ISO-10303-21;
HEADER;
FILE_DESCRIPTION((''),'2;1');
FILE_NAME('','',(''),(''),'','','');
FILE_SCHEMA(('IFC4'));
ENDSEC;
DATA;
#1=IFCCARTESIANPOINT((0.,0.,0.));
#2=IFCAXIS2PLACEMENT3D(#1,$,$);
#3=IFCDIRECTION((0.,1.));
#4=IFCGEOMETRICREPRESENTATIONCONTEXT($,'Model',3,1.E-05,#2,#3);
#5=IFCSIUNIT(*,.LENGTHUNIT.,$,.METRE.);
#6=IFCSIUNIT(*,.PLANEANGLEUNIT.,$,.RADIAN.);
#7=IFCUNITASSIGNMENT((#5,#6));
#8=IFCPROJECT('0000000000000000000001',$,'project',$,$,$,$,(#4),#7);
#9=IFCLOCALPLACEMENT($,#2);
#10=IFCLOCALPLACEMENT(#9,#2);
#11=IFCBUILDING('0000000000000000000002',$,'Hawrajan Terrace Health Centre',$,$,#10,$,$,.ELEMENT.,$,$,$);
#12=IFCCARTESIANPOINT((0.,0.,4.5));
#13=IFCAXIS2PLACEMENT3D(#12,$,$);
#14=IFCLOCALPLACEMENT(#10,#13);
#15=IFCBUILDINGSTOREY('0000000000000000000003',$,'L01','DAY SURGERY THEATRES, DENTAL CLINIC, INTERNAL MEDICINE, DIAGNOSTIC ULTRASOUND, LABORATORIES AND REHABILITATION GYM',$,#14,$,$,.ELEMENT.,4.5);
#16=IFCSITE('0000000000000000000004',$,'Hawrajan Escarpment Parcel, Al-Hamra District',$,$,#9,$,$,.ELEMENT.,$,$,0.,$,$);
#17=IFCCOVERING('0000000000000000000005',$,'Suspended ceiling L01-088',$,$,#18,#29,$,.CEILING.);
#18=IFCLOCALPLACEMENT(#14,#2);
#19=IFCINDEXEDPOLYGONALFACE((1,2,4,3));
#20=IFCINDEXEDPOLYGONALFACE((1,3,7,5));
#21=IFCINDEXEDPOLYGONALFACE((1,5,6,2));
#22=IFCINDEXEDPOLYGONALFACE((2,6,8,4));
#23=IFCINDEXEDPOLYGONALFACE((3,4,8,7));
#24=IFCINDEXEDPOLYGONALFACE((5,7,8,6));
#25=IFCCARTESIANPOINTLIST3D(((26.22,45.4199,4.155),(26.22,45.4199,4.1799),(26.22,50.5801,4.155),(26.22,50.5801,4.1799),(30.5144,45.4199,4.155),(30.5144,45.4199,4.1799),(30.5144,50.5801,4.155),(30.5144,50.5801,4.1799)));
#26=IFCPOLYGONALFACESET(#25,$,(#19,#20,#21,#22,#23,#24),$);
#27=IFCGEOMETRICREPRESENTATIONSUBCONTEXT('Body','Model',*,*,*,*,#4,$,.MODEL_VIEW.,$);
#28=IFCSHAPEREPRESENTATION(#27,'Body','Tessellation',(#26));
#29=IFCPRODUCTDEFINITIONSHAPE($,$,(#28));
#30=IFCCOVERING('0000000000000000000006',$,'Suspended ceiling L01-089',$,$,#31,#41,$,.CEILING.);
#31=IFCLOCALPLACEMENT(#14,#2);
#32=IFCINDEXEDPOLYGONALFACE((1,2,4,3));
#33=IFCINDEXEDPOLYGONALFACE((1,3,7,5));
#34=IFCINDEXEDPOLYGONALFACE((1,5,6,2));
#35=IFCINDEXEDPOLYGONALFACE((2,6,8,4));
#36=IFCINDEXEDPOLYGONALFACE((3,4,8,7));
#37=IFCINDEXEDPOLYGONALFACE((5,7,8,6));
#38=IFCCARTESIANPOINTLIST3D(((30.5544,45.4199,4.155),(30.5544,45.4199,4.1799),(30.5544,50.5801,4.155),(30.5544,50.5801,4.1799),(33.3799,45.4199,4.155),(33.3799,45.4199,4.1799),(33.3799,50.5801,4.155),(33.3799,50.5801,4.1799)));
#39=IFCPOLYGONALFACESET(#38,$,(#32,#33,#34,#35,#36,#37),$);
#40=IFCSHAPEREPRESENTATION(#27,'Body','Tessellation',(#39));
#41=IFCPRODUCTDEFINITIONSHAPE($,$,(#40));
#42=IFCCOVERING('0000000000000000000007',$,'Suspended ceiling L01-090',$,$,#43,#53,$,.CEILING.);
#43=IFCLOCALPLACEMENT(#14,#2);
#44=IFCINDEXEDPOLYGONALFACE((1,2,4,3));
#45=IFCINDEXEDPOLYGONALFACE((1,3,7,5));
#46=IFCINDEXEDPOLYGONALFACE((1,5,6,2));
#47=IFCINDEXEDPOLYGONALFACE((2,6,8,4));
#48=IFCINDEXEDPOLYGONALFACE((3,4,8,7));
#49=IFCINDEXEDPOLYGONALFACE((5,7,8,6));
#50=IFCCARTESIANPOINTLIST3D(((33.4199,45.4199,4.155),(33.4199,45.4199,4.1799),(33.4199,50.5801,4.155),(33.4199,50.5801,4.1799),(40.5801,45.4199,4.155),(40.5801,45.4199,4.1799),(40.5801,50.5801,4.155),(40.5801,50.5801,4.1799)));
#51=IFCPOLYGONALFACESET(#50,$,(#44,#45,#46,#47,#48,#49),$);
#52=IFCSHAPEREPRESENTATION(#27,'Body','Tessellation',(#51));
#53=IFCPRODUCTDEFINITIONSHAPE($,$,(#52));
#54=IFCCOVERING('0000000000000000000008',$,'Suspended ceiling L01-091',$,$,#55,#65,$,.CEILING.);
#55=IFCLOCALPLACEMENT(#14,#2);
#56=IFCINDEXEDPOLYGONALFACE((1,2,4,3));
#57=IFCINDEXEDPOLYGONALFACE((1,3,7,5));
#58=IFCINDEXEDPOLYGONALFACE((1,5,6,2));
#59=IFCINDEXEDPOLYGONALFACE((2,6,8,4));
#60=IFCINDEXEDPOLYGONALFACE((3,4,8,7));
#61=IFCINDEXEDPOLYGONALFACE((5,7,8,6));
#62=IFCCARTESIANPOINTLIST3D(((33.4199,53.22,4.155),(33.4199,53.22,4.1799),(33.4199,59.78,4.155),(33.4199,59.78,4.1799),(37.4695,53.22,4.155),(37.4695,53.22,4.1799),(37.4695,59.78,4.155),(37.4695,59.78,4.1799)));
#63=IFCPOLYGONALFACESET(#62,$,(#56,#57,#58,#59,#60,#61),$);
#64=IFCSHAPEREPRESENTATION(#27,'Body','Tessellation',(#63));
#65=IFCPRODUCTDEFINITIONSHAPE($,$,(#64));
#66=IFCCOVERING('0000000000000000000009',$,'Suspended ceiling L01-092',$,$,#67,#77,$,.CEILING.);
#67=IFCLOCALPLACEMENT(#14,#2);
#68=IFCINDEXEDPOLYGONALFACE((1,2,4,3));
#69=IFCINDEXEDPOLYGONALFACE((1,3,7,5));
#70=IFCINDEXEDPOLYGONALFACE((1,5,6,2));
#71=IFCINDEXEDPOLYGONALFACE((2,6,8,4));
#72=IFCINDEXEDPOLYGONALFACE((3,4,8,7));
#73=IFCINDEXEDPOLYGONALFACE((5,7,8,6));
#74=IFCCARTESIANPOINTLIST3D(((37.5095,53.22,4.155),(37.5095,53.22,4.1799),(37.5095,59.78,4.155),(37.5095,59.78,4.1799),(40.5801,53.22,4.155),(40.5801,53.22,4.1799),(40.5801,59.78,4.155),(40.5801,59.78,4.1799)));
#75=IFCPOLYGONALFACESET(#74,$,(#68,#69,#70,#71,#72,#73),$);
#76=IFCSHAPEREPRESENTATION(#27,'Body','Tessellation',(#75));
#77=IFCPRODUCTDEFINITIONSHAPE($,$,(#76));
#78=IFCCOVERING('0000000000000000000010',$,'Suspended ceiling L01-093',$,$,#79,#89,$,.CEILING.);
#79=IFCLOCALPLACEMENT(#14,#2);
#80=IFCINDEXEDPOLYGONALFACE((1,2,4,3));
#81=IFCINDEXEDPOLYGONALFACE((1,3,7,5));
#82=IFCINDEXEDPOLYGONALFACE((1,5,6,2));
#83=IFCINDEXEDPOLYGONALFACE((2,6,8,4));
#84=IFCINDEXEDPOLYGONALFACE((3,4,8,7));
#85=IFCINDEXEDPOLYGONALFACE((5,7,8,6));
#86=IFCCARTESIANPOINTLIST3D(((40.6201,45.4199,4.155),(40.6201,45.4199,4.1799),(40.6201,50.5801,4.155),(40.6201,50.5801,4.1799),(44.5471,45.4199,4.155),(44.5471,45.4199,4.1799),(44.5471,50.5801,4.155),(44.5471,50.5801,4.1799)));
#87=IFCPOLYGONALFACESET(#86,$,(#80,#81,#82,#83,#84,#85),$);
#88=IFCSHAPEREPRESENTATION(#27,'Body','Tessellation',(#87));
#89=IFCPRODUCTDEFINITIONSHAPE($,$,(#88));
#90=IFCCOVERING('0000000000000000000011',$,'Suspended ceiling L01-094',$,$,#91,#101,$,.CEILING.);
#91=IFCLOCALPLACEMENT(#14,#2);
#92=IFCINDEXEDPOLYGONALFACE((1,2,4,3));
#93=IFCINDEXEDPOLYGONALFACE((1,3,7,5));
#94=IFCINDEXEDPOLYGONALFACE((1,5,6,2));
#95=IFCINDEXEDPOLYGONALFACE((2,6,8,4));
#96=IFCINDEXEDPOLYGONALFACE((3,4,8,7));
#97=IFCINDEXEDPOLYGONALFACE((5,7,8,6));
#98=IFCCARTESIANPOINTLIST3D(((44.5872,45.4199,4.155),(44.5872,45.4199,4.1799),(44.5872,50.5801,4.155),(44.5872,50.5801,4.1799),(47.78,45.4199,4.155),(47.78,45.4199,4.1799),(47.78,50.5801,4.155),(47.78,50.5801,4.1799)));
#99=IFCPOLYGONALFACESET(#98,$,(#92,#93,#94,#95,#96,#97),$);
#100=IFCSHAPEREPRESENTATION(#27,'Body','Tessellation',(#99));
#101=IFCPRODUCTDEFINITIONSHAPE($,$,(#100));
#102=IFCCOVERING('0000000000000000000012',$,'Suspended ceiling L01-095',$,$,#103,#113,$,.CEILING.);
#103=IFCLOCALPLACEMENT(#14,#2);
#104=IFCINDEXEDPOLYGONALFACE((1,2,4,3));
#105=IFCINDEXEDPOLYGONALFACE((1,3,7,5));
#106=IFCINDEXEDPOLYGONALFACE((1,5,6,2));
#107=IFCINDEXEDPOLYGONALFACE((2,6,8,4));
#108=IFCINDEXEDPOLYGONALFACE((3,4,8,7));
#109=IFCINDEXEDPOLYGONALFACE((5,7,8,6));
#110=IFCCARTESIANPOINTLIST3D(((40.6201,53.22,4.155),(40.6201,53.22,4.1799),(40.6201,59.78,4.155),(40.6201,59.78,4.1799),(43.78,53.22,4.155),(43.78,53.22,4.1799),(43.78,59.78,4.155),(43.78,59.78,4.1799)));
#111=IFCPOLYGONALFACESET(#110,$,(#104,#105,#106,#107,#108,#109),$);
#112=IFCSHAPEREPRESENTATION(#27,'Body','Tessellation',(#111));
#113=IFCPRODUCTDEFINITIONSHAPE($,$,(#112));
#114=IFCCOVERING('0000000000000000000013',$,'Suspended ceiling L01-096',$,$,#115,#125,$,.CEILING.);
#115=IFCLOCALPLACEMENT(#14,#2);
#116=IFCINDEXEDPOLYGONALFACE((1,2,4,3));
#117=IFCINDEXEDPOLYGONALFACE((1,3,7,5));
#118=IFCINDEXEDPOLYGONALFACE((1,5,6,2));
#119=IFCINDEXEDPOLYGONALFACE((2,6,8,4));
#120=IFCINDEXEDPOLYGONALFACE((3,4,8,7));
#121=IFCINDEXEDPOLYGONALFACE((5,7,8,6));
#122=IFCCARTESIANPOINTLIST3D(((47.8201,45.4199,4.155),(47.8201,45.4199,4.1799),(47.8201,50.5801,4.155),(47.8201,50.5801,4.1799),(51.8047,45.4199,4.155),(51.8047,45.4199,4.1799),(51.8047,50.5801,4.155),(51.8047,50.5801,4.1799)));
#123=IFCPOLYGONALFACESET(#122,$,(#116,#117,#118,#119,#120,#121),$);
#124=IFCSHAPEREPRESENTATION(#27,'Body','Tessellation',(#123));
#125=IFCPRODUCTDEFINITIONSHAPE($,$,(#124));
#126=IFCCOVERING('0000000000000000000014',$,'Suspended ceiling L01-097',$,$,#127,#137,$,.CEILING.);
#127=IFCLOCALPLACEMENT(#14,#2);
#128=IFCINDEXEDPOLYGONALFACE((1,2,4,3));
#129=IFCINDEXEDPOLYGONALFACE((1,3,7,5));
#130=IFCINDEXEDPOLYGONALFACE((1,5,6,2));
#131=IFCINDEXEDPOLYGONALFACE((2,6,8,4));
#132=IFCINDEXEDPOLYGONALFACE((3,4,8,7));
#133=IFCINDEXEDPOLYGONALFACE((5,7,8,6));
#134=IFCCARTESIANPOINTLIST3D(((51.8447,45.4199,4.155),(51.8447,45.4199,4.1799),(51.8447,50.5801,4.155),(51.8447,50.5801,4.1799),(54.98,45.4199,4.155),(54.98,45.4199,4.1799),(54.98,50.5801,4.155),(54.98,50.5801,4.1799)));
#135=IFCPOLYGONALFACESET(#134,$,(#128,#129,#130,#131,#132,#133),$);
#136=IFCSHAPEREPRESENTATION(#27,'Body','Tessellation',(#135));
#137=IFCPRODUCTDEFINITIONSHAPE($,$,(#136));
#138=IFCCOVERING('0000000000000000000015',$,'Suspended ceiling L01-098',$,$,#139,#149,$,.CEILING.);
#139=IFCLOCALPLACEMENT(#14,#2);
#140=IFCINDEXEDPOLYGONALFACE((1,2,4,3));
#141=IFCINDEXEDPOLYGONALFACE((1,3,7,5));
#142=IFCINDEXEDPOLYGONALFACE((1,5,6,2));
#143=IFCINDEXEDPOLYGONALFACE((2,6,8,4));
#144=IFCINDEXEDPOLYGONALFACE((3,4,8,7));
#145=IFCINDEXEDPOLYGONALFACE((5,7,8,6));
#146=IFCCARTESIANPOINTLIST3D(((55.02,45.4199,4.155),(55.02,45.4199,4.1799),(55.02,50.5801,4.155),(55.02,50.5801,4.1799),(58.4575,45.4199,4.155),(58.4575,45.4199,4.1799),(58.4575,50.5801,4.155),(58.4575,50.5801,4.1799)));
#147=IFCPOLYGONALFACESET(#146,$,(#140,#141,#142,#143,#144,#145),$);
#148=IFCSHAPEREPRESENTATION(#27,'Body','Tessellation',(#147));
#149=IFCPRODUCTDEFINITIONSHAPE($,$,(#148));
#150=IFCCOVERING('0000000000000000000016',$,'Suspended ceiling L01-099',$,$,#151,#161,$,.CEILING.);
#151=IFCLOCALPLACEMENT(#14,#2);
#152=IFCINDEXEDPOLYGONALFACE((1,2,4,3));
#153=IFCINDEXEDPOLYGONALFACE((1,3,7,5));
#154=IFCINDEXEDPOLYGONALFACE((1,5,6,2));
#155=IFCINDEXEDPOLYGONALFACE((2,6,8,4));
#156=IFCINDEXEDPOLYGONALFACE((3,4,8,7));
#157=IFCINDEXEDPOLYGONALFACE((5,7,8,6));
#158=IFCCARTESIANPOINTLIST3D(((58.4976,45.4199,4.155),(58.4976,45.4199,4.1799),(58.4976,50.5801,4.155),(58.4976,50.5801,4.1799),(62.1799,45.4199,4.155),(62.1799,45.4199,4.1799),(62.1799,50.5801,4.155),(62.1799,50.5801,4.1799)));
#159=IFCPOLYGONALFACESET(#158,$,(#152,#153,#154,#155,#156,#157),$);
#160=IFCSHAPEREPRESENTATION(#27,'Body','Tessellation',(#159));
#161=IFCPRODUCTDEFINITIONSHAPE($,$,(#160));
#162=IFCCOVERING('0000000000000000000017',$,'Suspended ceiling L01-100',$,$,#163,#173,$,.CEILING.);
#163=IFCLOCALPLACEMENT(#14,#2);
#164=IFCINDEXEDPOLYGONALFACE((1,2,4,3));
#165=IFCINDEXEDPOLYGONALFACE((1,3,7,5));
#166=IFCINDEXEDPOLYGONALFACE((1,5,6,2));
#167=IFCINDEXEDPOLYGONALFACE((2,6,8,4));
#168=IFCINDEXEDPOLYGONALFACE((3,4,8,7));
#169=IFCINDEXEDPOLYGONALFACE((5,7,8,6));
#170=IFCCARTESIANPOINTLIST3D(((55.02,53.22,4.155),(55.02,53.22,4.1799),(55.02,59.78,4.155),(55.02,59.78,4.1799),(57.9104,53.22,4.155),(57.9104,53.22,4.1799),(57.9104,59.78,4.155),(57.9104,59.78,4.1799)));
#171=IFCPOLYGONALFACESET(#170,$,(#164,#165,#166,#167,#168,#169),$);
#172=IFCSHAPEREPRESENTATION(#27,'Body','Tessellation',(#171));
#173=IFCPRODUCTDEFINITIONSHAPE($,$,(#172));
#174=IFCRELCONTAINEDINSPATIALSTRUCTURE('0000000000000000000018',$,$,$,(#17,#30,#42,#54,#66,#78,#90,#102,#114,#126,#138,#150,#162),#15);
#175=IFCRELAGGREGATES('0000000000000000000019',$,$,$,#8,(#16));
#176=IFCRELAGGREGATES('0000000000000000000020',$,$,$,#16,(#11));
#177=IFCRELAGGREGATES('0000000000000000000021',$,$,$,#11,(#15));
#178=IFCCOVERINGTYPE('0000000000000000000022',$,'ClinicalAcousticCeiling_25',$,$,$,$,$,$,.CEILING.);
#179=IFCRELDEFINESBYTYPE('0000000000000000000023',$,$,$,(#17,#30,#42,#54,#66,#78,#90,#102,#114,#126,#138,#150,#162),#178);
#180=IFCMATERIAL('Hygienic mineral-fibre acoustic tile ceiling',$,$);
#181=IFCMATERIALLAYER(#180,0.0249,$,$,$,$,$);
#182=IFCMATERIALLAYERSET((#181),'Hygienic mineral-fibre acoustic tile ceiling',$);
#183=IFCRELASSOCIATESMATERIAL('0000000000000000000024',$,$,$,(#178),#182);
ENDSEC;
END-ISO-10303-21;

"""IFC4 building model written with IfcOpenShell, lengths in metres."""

from ifc_helpers import new_model, si_unit, direction, frame, origin, place, context, subcontext, project, spatial, polyline, outline, extrude, material, layer, layer_set, type_object, element, save


model = new_model("IFC4")

# Units and contexts
model_context = context("Model", 3, precision=1e-05, world=origin(), true_north=direction((0.0, 1.0)))
body_context = subcontext(model_context, "Body", "Model", "MODEL_VIEW")
ifc_project = project(units=[si_unit("LENGTHUNIT", "METRE"), si_unit("PLANEANGLEUNIT", "RADIAN")], contexts=[model_context])

# Site, building, storey
site_placement = place(None, origin())
site = spatial("IfcSite", under=ifc_project, at=site_placement, Name="Hawrajan Escarpment Parcel, Al-Hamra District", CompositionType="ELEMENT", RefElevation=0.0)
building_placement = place(site_placement, origin())
building = spatial("IfcBuilding", under=site, at=building_placement, Name="Hawrajan Terrace Health Centre", CompositionType="ELEMENT")
storey_placement = place(building_placement, frame((0.0, 0.0, 4.5)))
storey = spatial("IfcBuildingStorey", under=building, at=storey_placement, Name="L01", Description="DAY SURGERY THEATRES, DENTAL CLINIC, INTERNAL MEDICINE, DIAGNOSTIC ULTRASOUND, LABORATORIES AND REHABILITATION GYM", CompositionType="ELEMENT", Elevation=4.5)

# Coverings
ifc_material = material(Name="Hygienic mineral-fibre acoustic tile ceiling")
ifc_layer = layer(ifc_material, 0.0249)
ifc_layer_set = layer_set([ifc_layer], Name="Hygienic mineral-fibre acoustic tile ceiling")
covering_type = type_object("IfcCoveringType", Name="ClinicalAcousticCeiling_25", PredefinedType="CEILING", material=ifc_layer_set)
covering_1_placement = place(storey_placement, frame((0.0, 0.0, 4.155)))
element("IfcCovering", 1, at=covering_1_placement, inside=storey, type_object=covering_type, Name="Suspended ceiling L01-088", PredefinedType="CEILING", context=body_context, shape_type="SweptSolid", body=[
    extrude(outline(polyline([(26.22, 50.5801), (30.5144, 50.5801), (30.5144, 45.4199), (26.22, 45.4199), (26.22, 50.5801)])), origin(), (0.0, 0.0, 1.0), 0.0249),
])
covering_2_placement = place(storey_placement, frame((0.0, 0.0, 4.155)))
element("IfcCovering", 2, at=covering_2_placement, inside=storey, type_object=covering_type, Name="Suspended ceiling L01-089", PredefinedType="CEILING", context=body_context, shape_type="SweptSolid", body=[
    extrude(outline(polyline([(30.5544, 50.5801), (33.3799, 50.5801), (33.3799, 45.4199), (30.5544, 45.4199), (30.5544, 50.5801)])), origin(), (0.0, 0.0, 1.0), 0.0249),
])
covering_3_placement = place(storey_placement, frame((0.0, 0.0, 4.155)))
element("IfcCovering", 3, at=covering_3_placement, inside=storey, type_object=covering_type, Name="Suspended ceiling L01-090", PredefinedType="CEILING", context=body_context, shape_type="SweptSolid", body=[
    extrude(outline(polyline([(33.4199, 50.5801), (40.5801, 50.5801), (40.5801, 45.4199), (33.4199, 45.4199), (33.4199, 50.5801)])), origin(), (0.0, 0.0, 1.0), 0.0249),
])
covering_4_placement = place(storey_placement, frame((0.0, 0.0, 4.155)))
element("IfcCovering", 4, at=covering_4_placement, inside=storey, type_object=covering_type, Name="Suspended ceiling L01-091", PredefinedType="CEILING", context=body_context, shape_type="SweptSolid", body=[
    extrude(outline(polyline([(33.4199, 59.78), (37.4695, 59.78), (37.4695, 53.22), (33.4199, 53.22), (33.4199, 59.78)])), origin(), (0.0, 0.0, 1.0), 0.0249),
])
covering_5_placement = place(storey_placement, frame((0.0, 0.0, 4.155)))
element("IfcCovering", 5, at=covering_5_placement, inside=storey, type_object=covering_type, Name="Suspended ceiling L01-092", PredefinedType="CEILING", context=body_context, shape_type="SweptSolid", body=[
    extrude(outline(polyline([(37.5095, 59.78), (40.5801, 59.78), (40.5801, 53.22), (37.5095, 53.22), (37.5095, 59.78)])), origin(), (0.0, 0.0, 1.0), 0.0249),
])
covering_6_placement = place(storey_placement, frame((0.0, 0.0, 4.155)))
element("IfcCovering", 6, at=covering_6_placement, inside=storey, type_object=covering_type, Name="Suspended ceiling L01-093", PredefinedType="CEILING", context=body_context, shape_type="SweptSolid", body=[
    extrude(outline(polyline([(40.6201, 50.5801), (44.5471, 50.5801), (44.5471, 45.4199), (40.6201, 45.4199), (40.6201, 50.5801)])), origin(), (0.0, 0.0, 1.0), 0.0249),
])
covering_7_placement = place(storey_placement, frame((0.0, 0.0, 4.155)))
element("IfcCovering", 7, at=covering_7_placement, inside=storey, type_object=covering_type, Name="Suspended ceiling L01-094", PredefinedType="CEILING", context=body_context, shape_type="SweptSolid", body=[
    extrude(outline(polyline([(44.5872, 50.5801), (47.78, 50.5801), (47.78, 45.4199), (44.5872, 45.4199), (44.5872, 50.5801)])), origin(), (0.0, 0.0, 1.0), 0.0249),
])
covering_8_placement = place(storey_placement, frame((0.0, 0.0, 4.155)))
element("IfcCovering", 8, at=covering_8_placement, inside=storey, type_object=covering_type, Name="Suspended ceiling L01-095", PredefinedType="CEILING", context=body_context, shape_type="SweptSolid", body=[
    extrude(outline(polyline([(40.6201, 59.78), (43.78, 59.78), (43.78, 53.22), (40.6201, 53.22), (40.6201, 59.78)])), origin(), (0.0, 0.0, 1.0), 0.0249),
])
covering_9_placement = place(storey_placement, frame((0.0, 0.0, 4.155)))
element("IfcCovering", 9, at=covering_9_placement, inside=storey, type_object=covering_type, Name="Suspended ceiling L01-096", PredefinedType="CEILING", context=body_context, shape_type="SweptSolid", body=[
    extrude(outline(polyline([(47.8201, 50.5801), (51.8047, 50.5801), (51.8047, 45.4199), (47.8201, 45.4199), (47.8201, 50.5801)])), origin(), (0.0, 0.0, 1.0), 0.0249),
])
covering_10_placement = place(storey_placement, frame((0.0, 0.0, 4.155)))
element("IfcCovering", 10, at=covering_10_placement, inside=storey, type_object=covering_type, Name="Suspended ceiling L01-097", PredefinedType="CEILING", context=body_context, shape_type="SweptSolid", body=[
    extrude(outline(polyline([(51.8447, 50.5801), (54.98, 50.5801), (54.98, 45.4199), (51.8447, 45.4199), (51.8447, 50.5801)])), origin(), (0.0, 0.0, 1.0), 0.0249),
])
covering_11_placement = place(storey_placement, frame((0.0, 0.0, 4.155)))
element("IfcCovering", 11, at=covering_11_placement, inside=storey, type_object=covering_type, Name="Suspended ceiling L01-098", PredefinedType="CEILING", context=body_context, shape_type="SweptSolid", body=[
    extrude(outline(polyline([(55.02, 50.5801), (58.4575, 50.5801), (58.4575, 45.4199), (55.02, 45.4199), (55.02, 50.5801)])), origin(), (0.0, 0.0, 1.0), 0.0249),
])
covering_12_placement = place(storey_placement, frame((0.0, 0.0, 4.155)))
element("IfcCovering", 12, at=covering_12_placement, inside=storey, type_object=covering_type, Name="Suspended ceiling L01-099", PredefinedType="CEILING", context=body_context, shape_type="SweptSolid", body=[
    extrude(outline(polyline([(58.4976, 50.5801), (62.1799, 50.5801), (62.1799, 45.4199), (58.4976, 45.4199), (58.4976, 50.5801)])), origin(), (0.0, 0.0, 1.0), 0.0249),
])
covering_13_placement = place(storey_placement, frame((0.0, 0.0, 4.155)))
element("IfcCovering", 13, at=covering_13_placement, inside=storey, type_object=covering_type, Name="Suspended ceiling L01-100", PredefinedType="CEILING", context=body_context, shape_type="SweptSolid", body=[
    extrude(outline(polyline([(55.02, 59.78), (57.9104, 59.78), (57.9104, 53.22), (55.02, 53.22), (55.02, 59.78)])), origin(), (0.0, 0.0, 1.0), 0.0249),
])

save(model, "model.ifc")
